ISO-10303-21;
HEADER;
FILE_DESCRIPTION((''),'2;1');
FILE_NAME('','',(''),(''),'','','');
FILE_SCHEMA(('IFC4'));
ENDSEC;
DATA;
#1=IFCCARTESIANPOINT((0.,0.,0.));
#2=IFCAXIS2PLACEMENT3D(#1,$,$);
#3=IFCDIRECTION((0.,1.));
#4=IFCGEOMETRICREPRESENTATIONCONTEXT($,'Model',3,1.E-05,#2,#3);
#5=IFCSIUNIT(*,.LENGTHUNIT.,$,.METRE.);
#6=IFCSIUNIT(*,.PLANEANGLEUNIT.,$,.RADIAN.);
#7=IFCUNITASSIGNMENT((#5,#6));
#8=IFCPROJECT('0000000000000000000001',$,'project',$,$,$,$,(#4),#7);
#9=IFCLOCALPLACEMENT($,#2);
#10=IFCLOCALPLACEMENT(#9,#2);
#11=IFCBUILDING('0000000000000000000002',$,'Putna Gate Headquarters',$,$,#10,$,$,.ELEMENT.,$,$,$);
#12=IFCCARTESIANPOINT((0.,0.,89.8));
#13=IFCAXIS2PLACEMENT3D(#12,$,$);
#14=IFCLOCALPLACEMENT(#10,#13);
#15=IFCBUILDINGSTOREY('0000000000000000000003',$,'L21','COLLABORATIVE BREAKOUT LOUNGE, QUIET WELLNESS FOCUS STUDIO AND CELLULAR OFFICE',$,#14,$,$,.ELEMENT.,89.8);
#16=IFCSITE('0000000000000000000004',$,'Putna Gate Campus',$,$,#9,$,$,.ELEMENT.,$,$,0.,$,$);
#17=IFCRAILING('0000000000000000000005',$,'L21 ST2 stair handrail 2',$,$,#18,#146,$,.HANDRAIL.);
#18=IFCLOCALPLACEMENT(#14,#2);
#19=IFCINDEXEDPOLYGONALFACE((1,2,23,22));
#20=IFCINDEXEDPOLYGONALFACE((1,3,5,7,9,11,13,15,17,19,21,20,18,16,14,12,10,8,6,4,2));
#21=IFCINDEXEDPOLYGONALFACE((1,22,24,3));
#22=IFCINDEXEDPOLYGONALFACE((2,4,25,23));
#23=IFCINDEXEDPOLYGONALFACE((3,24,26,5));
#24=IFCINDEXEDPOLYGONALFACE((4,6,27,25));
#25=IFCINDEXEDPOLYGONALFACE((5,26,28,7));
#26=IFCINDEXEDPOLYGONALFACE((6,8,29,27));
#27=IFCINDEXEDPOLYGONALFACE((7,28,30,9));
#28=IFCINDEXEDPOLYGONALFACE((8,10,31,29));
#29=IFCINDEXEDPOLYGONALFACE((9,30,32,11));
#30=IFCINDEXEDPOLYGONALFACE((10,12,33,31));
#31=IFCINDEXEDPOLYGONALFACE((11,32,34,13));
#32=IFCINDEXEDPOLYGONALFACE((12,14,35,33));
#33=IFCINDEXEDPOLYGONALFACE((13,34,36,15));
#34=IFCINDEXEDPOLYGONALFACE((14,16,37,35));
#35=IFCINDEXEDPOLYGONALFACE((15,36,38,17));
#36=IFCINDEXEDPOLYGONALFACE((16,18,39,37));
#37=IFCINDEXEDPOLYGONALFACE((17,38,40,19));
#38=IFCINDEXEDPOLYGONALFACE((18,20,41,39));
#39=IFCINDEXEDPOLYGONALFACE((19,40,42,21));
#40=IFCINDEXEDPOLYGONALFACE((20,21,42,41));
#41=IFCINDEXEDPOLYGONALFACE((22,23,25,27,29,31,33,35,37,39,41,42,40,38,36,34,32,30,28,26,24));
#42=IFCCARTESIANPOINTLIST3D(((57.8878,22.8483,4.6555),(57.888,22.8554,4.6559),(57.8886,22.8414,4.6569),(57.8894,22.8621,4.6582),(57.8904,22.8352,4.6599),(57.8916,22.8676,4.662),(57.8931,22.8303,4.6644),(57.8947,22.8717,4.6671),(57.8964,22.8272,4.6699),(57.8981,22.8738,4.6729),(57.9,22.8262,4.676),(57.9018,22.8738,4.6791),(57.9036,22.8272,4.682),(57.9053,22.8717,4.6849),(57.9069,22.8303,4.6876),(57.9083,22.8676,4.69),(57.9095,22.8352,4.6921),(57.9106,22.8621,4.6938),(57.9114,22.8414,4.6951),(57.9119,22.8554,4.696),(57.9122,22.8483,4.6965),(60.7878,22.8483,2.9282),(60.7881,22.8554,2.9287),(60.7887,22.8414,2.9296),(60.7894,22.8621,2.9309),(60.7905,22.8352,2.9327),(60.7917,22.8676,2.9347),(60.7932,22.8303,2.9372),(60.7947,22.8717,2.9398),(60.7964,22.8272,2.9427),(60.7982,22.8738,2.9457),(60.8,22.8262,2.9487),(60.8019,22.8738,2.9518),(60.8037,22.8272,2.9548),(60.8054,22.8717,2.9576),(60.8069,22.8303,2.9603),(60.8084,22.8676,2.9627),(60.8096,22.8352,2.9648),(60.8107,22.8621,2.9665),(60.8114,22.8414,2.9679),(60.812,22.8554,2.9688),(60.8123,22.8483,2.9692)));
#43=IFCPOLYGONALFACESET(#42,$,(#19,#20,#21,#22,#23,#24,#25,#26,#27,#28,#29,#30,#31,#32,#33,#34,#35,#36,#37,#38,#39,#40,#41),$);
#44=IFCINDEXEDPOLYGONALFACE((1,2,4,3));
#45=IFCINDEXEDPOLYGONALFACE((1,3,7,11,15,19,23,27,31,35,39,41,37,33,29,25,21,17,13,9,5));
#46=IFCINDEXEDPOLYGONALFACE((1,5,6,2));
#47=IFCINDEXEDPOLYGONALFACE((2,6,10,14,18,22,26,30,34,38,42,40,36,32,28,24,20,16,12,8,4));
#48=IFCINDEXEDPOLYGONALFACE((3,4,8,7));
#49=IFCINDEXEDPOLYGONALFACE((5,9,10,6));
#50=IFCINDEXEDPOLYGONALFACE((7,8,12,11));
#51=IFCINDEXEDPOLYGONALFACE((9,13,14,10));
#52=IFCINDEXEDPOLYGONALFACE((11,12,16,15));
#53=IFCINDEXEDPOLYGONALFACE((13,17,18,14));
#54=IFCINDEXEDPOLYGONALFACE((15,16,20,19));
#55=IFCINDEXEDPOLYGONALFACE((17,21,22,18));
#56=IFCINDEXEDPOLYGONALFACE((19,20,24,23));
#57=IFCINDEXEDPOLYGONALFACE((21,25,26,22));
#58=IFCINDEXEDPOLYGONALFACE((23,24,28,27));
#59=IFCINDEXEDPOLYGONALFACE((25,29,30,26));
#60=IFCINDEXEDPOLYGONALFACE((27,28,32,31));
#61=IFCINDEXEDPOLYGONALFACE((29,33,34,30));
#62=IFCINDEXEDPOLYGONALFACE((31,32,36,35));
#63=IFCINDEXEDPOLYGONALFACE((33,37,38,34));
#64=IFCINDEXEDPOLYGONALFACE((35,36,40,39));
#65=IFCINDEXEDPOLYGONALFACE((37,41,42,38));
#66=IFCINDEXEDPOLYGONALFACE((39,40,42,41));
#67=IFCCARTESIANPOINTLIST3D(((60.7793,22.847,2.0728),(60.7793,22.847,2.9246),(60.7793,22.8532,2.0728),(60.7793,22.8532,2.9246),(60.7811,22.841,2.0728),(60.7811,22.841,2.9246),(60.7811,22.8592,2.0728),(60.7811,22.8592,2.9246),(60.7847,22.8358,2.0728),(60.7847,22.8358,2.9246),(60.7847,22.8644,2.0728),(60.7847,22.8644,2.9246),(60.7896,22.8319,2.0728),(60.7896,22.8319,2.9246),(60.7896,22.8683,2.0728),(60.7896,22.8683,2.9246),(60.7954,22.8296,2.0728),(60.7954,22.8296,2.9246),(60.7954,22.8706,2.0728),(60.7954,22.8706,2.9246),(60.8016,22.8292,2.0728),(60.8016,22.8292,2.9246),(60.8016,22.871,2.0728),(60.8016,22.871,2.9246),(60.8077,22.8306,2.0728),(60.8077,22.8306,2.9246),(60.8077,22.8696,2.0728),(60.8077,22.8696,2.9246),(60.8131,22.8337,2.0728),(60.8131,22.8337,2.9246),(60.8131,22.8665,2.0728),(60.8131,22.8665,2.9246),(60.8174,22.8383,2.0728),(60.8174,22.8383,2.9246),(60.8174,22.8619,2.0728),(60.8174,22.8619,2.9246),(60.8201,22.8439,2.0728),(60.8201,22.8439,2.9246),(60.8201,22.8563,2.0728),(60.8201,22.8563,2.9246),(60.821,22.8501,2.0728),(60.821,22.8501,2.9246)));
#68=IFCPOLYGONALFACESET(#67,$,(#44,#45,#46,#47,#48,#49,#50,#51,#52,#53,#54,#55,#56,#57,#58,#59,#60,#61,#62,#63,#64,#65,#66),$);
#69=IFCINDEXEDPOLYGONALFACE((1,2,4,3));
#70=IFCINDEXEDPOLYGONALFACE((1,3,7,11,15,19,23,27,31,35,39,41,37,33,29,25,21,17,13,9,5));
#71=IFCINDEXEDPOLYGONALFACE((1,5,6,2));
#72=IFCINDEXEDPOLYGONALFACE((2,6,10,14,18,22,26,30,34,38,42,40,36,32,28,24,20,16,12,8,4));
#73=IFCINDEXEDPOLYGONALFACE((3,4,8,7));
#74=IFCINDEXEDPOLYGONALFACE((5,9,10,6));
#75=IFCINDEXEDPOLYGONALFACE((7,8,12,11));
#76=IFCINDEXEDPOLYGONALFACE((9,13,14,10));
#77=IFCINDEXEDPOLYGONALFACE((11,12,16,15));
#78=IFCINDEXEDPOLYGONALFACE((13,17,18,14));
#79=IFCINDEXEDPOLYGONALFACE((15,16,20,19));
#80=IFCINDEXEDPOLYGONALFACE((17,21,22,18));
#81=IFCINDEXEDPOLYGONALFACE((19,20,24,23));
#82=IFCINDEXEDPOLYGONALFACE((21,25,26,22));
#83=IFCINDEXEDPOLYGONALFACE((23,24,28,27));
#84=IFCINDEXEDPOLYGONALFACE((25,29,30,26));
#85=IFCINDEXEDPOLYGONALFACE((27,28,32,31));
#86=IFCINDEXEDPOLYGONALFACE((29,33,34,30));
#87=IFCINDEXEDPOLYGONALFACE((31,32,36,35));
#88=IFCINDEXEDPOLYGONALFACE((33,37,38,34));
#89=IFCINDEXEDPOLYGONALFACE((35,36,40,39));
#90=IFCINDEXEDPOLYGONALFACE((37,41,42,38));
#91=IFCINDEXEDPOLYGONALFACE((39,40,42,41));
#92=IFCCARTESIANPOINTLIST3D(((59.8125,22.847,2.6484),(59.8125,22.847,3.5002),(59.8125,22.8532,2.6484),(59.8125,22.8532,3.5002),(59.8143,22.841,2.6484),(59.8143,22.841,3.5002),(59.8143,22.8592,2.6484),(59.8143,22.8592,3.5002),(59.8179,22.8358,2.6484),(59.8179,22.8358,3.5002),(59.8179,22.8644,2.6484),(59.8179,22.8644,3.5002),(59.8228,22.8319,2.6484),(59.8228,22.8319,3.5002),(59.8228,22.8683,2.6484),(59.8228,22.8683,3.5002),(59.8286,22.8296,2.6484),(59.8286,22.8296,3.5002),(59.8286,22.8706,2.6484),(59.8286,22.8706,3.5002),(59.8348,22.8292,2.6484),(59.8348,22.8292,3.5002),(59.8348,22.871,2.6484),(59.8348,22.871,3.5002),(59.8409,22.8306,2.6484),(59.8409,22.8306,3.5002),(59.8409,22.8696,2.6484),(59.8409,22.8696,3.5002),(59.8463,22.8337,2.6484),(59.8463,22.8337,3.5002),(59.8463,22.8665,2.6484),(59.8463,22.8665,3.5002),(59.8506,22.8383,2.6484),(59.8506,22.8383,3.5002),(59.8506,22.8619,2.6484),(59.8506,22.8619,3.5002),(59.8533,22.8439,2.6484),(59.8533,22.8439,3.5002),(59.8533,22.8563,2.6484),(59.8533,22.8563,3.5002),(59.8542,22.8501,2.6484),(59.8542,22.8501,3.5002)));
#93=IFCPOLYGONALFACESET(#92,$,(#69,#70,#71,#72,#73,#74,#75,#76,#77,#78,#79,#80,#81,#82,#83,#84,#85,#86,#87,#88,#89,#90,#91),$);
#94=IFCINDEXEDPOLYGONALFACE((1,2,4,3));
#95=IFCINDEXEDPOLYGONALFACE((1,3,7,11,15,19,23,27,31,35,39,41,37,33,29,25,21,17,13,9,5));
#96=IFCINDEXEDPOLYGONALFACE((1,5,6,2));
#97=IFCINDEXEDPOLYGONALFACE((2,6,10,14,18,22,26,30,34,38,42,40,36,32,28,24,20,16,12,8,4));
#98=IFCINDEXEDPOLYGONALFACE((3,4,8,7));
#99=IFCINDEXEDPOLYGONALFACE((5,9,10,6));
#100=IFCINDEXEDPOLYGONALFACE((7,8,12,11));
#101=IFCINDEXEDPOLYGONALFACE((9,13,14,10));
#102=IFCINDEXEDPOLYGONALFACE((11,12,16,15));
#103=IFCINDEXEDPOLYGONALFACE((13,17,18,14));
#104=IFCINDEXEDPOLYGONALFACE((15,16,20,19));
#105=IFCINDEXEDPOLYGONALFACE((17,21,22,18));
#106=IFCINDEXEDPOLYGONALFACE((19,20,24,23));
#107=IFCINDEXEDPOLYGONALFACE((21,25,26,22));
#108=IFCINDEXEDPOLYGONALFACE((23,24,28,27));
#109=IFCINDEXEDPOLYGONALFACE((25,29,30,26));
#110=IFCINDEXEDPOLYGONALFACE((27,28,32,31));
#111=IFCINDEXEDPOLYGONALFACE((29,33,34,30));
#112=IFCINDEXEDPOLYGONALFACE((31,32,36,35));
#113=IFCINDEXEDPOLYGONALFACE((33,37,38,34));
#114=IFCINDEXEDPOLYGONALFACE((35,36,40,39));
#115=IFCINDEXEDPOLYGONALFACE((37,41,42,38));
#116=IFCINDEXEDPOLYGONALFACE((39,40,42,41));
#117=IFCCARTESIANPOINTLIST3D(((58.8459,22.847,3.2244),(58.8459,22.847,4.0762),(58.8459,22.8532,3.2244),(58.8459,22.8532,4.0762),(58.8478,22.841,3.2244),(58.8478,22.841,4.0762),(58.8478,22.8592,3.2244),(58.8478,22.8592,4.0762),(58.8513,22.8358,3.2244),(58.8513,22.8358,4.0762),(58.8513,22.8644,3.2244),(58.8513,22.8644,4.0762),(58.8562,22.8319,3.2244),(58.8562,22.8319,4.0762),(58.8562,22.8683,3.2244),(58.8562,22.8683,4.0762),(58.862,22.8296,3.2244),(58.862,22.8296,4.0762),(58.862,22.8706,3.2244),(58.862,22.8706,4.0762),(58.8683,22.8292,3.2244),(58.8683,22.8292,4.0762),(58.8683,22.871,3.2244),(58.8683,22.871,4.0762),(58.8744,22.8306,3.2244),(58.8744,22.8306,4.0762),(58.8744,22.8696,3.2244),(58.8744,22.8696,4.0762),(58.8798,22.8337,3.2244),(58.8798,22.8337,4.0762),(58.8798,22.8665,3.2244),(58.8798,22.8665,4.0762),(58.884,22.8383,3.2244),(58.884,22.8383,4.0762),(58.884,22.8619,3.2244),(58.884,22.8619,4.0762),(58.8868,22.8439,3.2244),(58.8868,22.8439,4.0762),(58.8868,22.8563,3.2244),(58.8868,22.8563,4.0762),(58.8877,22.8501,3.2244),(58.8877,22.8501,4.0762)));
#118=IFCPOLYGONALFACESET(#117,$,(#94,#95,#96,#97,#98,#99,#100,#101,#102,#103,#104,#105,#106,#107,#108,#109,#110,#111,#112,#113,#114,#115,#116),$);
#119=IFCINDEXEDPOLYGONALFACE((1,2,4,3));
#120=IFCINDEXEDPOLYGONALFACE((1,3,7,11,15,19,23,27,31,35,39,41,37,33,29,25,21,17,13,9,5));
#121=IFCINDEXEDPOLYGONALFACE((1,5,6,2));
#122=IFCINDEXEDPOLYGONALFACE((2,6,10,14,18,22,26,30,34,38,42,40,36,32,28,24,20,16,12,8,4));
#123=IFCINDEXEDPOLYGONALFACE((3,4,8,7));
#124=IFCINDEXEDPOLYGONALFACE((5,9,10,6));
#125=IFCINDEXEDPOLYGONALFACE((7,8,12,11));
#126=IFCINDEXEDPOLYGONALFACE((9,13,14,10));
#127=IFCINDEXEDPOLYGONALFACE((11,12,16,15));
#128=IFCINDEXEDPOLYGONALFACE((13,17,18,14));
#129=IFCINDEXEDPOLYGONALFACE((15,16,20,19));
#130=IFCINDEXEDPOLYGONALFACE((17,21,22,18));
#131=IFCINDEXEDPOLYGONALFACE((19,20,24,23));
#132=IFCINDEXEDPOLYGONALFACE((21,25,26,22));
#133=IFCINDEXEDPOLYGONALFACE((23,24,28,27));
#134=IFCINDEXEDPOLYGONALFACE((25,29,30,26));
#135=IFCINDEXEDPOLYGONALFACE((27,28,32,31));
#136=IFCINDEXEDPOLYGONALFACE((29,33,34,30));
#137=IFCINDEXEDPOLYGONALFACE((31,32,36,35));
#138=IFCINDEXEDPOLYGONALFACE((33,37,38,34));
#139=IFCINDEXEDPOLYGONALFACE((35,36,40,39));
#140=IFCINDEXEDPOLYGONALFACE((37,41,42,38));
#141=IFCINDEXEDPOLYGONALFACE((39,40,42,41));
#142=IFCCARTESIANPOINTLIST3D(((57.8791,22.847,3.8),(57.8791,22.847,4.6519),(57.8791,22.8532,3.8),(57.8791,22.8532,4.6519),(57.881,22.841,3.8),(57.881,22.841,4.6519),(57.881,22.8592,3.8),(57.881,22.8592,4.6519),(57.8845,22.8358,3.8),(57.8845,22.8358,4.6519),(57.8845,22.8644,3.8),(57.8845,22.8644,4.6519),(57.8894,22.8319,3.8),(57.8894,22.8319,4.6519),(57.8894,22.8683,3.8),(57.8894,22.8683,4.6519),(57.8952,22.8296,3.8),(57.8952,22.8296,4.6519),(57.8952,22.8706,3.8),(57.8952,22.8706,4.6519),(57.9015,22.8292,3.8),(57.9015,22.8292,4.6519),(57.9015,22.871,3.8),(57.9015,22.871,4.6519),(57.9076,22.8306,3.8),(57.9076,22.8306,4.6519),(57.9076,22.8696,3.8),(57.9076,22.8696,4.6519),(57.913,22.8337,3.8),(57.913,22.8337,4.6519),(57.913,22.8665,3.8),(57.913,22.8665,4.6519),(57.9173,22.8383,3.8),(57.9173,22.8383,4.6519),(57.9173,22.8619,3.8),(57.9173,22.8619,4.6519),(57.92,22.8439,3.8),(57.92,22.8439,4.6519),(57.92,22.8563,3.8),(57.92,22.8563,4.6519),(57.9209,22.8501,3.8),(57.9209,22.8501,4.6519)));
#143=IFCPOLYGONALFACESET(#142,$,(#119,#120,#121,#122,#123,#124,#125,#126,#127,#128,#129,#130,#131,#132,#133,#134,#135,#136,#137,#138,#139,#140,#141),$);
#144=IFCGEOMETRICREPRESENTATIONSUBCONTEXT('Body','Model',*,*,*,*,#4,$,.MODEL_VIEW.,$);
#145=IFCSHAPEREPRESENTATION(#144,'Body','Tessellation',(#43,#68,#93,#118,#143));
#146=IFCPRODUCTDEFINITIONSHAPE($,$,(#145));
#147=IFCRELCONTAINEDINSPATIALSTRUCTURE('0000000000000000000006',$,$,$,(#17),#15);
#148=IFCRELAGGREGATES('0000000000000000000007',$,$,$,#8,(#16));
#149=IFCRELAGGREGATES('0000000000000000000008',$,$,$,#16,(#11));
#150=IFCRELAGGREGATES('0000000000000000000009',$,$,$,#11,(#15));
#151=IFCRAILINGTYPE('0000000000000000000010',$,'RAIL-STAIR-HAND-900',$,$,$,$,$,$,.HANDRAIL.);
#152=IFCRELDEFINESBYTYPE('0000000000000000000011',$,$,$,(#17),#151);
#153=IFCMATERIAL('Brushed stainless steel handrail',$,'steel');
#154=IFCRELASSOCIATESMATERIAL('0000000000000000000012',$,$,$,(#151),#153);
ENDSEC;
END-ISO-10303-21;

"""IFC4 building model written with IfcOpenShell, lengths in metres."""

from ifc_helpers import new_model, si_unit, direction, frame, origin, origin_2d, place, context, subcontext, project, spatial, circle, extrude, material, type_object, element, save


model = new_model("IFC4")

# Units and contexts
model_context = context("Model", 3, precision=1e-05, world=origin(), true_north=direction((0.0, 1.0)))
body_context = subcontext(model_context, "Body", "Model", "MODEL_VIEW")
ifc_project = project(units=[si_unit("LENGTHUNIT", "METRE"), si_unit("PLANEANGLEUNIT", "RADIAN")], contexts=[model_context])

# Site, building, storey
site_placement = place(None, origin())
site = spatial("IfcSite", under=ifc_project, at=site_placement, Name="Putna Gate Campus", CompositionType="ELEMENT", RefElevation=0.0)
building_placement = place(site_placement, origin())
building = spatial("IfcBuilding", under=site, at=building_placement, Name="Putna Gate Headquarters", CompositionType="ELEMENT")
storey_placement = place(building_placement, frame((0.0, 0.0, 89.8)))
storey = spatial("IfcBuildingStorey", under=building, at=storey_placement, Name="L21", Description="COLLABORATIVE BREAKOUT LOUNGE, QUIET WELLNESS FOCUS STUDIO AND CELLULAR OFFICE", CompositionType="ELEMENT", Elevation=89.8)

# Railing
ifc_material_1 = material(Name="Brushed stainless steel handrail", Category="steel")
railing_type_1 = type_object("IfcRailingType", Name="RAIL-STAIR-HAND-900", PredefinedType="HANDRAIL", material=ifc_material_1)
railing_1_placement = place(storey_placement, frame((60.8, 22.8501, 2.0728)))
element("IfcRailing", 1, at=railing_1_placement, inside=storey, type_object=railing_type_1, Name="L21 ST2 stair handrail 2", PredefinedType="HANDRAIL", context=body_context, shape_type="SweptSolid", body=[
    extrude(circle(Radius=0.0239, at=origin_2d()), frame((0.0, 0.0, 0.876), z_axis=(-0.85916, 0.0, 0.511706), x_axis=(0.0, -1.0, 0.0)), (0.0, 0.0, 1.0), 3.3755),
    extrude(circle(Radius=0.021, at=origin_2d()), origin(), (0.0, 0.0, 1.0), 0.8518),
    extrude(circle(Radius=0.021, at=origin_2d()), frame((-0.9668, 0.0, 0.5757)), (0.0, 0.0, 1.0), 0.8518),
    extrude(circle(Radius=0.021, at=origin_2d()), frame((-1.9333, 0.0, 1.1516)), (0.0, 0.0, 1.0), 0.8518),
    extrude(circle(Radius=0.021, at=origin_2d()), frame((-2.9001, 0.0, 1.7273)), (0.0, 0.0, 1.0), 0.8518),
])

save(model, "model.ifc")
